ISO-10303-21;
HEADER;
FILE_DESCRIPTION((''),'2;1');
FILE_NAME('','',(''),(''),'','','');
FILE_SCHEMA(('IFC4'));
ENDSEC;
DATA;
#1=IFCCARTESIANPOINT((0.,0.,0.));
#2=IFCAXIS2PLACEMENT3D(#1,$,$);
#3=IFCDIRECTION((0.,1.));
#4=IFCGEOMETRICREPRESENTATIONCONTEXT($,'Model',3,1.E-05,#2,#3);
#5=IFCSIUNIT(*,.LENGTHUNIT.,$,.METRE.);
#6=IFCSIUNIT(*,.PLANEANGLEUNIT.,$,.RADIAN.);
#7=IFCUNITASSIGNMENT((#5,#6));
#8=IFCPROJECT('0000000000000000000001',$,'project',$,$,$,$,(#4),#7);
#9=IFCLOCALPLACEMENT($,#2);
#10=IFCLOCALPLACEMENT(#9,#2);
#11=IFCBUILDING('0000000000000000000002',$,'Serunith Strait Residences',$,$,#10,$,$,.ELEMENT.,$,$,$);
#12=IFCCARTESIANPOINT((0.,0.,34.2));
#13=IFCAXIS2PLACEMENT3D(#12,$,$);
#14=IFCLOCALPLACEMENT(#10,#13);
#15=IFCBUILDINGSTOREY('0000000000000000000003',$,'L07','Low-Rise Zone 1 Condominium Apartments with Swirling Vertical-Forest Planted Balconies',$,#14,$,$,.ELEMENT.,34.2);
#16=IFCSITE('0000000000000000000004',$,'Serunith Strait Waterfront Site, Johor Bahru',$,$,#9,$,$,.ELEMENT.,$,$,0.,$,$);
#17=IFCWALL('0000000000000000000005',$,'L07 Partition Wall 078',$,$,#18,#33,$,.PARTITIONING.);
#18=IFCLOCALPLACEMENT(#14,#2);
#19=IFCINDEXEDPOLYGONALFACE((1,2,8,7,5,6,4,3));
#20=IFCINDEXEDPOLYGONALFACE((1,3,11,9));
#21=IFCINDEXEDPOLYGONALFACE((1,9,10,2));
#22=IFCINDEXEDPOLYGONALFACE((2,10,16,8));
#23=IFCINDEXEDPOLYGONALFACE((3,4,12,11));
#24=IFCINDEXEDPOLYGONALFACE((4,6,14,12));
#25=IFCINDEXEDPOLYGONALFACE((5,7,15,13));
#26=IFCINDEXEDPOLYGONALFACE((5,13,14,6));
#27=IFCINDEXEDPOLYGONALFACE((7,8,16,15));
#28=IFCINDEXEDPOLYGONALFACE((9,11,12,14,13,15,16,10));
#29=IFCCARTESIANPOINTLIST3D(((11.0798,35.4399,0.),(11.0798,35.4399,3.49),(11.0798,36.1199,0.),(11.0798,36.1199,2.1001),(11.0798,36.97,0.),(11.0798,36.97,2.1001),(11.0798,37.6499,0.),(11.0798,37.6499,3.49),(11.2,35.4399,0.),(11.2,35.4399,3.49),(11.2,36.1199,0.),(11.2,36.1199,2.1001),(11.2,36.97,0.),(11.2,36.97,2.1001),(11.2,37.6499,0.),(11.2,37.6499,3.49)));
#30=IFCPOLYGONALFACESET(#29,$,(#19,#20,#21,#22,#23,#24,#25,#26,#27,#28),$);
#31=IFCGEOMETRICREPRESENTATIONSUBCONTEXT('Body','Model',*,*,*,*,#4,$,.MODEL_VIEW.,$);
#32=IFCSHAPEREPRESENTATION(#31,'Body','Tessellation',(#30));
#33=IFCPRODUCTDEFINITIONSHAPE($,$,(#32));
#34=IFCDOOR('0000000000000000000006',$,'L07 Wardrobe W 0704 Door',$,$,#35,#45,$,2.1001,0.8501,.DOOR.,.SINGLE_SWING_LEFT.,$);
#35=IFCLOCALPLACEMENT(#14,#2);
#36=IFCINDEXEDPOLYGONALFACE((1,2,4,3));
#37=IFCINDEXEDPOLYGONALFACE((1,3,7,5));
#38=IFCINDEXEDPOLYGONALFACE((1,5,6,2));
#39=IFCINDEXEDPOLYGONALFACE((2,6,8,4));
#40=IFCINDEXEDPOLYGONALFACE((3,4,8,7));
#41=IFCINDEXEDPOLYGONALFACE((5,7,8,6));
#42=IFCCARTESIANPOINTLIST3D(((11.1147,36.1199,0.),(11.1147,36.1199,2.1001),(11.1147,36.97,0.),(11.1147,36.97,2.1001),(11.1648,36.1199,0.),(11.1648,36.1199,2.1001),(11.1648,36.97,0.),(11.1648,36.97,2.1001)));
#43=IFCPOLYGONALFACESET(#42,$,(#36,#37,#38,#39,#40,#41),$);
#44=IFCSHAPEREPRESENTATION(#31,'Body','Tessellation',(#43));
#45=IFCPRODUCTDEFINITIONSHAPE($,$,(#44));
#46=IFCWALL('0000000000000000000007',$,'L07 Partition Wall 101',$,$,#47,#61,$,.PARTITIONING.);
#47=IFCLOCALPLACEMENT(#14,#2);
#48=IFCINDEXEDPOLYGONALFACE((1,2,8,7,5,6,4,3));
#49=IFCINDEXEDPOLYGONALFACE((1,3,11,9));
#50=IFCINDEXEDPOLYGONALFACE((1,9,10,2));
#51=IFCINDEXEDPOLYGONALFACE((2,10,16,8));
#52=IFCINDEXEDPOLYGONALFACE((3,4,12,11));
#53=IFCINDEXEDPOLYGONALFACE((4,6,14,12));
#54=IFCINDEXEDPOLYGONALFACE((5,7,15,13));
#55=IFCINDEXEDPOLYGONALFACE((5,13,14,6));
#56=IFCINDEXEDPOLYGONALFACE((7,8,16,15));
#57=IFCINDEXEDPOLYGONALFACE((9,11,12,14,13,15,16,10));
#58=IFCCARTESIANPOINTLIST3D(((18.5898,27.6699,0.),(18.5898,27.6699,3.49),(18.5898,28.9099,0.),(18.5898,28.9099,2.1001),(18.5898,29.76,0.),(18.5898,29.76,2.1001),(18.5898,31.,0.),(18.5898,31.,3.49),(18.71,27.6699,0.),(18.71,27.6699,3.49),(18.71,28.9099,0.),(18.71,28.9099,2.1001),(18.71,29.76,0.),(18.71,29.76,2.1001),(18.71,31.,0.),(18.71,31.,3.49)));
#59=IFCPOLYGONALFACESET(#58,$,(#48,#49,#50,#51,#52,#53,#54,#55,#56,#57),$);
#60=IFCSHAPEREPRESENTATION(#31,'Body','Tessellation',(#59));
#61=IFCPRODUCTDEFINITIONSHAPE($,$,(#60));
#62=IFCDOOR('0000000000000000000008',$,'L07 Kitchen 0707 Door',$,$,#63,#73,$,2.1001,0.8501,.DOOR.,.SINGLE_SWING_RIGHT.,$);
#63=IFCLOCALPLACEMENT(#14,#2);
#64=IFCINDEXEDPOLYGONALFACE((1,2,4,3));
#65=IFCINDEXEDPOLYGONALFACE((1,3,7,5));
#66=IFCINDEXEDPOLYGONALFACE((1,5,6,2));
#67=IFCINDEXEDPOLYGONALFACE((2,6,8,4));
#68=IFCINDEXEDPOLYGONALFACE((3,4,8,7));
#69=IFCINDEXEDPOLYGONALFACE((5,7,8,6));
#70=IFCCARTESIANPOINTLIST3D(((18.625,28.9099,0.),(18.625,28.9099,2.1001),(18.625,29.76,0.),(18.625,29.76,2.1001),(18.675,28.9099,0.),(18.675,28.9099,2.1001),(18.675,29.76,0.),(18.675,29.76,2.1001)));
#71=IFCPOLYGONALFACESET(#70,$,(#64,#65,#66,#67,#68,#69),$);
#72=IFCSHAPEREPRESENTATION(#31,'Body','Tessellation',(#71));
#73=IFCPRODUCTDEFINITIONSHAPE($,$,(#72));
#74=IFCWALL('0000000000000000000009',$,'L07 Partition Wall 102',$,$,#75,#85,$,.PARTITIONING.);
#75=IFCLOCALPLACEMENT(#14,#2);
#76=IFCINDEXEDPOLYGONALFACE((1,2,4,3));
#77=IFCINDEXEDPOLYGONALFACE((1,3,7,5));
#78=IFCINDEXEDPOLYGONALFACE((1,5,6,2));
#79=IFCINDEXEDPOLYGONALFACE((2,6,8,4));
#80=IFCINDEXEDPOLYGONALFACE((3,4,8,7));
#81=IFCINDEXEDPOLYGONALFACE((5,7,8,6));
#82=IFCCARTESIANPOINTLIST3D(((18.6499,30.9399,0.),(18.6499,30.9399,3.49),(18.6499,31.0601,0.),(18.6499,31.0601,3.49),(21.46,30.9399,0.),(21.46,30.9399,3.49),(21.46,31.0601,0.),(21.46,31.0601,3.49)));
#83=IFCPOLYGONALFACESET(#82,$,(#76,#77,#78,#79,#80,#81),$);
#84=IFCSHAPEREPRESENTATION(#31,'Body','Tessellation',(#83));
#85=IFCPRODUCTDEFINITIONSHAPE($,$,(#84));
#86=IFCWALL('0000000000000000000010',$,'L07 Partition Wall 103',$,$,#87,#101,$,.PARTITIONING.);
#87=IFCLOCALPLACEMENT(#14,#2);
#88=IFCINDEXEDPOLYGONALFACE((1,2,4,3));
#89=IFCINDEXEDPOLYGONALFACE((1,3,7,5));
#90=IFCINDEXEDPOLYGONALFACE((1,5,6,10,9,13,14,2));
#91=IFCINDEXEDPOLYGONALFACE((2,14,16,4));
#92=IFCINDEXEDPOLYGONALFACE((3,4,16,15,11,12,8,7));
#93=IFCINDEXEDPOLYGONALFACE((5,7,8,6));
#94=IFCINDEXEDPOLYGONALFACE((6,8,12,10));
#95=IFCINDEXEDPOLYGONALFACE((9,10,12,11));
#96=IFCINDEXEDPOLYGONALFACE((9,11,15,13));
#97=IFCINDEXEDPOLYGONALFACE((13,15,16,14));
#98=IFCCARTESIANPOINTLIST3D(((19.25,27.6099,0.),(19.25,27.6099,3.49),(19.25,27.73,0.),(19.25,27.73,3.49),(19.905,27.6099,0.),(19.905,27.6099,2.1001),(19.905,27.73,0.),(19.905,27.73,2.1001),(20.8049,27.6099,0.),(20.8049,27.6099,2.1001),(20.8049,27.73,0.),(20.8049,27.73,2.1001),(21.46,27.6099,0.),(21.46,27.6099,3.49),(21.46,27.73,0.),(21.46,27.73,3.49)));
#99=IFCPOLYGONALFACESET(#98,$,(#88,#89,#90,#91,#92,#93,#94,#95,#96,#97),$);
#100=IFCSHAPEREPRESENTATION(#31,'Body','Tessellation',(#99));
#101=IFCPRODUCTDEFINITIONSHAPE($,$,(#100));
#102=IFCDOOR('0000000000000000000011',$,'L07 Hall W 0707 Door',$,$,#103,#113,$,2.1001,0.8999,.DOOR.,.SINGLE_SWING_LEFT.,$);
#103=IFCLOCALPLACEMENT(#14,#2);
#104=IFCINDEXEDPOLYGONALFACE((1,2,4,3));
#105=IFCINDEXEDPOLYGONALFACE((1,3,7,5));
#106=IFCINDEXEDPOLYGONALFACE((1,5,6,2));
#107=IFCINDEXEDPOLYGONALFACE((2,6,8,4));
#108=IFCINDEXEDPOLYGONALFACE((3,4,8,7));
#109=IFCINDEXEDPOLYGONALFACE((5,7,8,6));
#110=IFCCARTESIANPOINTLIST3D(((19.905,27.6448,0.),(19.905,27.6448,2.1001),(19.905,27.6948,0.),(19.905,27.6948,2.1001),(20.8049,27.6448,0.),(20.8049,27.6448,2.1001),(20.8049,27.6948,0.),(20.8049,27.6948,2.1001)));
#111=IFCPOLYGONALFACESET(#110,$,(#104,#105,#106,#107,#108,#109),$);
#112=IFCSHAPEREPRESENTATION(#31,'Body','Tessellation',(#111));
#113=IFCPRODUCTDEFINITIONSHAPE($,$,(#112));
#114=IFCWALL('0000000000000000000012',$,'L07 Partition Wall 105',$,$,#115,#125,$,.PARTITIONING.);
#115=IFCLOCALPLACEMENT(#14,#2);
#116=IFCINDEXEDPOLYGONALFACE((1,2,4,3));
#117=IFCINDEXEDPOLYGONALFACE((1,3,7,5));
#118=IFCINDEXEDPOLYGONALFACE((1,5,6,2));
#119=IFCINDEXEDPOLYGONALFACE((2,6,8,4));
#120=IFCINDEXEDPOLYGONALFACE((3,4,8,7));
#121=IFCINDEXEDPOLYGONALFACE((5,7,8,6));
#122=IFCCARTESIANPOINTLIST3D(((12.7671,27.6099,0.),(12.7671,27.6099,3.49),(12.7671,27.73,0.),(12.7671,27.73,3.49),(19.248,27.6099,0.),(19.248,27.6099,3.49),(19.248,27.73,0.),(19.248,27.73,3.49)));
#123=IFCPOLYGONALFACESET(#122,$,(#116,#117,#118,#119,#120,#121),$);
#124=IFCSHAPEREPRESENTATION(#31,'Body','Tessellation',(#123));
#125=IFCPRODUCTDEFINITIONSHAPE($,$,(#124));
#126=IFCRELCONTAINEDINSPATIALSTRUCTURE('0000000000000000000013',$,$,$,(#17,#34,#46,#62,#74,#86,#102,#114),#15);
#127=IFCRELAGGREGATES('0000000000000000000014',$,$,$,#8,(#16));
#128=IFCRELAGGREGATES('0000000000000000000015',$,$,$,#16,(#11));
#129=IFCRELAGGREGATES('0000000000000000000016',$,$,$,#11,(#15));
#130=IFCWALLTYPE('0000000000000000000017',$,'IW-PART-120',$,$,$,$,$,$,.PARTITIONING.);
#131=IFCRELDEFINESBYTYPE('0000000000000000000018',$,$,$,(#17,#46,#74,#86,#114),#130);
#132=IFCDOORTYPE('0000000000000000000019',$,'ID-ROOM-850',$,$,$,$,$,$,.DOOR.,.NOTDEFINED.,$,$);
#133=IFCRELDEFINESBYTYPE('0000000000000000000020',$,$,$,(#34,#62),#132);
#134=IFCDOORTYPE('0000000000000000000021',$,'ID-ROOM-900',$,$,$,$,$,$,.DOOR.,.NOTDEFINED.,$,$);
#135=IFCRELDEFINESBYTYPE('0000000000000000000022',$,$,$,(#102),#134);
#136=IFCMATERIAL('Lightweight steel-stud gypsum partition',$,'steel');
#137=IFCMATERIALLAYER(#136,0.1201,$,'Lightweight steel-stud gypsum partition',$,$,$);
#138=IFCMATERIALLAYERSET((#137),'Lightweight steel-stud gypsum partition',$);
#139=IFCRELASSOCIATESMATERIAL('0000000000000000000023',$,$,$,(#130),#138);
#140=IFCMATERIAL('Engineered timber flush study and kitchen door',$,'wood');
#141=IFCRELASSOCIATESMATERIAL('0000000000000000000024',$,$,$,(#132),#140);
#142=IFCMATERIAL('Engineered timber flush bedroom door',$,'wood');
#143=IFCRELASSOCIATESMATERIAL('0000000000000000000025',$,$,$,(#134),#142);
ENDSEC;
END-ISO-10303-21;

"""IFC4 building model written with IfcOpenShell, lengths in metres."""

from ifc_helpers import new_model, si_unit, direction, frame, frame_2d, origin, place, context, subcontext, project, spatial, rectangle, extrude, source, transform, mapped, material, layer, layer_set, type_object, element, fill, save


model = new_model("IFC4")

# Units and contexts
model_context = context("Model", 3, precision=1e-05, world=origin(), true_north=direction((0.0, 1.0)))
body_context = subcontext(model_context, "Body", "Model", "MODEL_VIEW")
ifc_project = project(units=[si_unit("LENGTHUNIT", "METRE"), si_unit("PLANEANGLEUNIT", "RADIAN")], contexts=[model_context])

# Site, building, storey
site_placement = place(None, origin())
site = spatial("IfcSite", under=ifc_project, at=site_placement, Name="Serunith Strait Waterfront Site, Johor Bahru", CompositionType="ELEMENT", RefElevation=0.0)
building_placement = place(site_placement, origin())
building = spatial("IfcBuilding", under=site, at=building_placement, Name="Serunith Strait Residences", CompositionType="ELEMENT")
storey_placement = place(building_placement, frame((0.0, 0.0, 34.2)))
storey = spatial("IfcBuildingStorey", under=building, at=storey_placement, Name="L07", Description="Low-Rise Zone 1 Condominium Apartments with Swirling Vertical-Forest Planted Balconies", CompositionType="ELEMENT", Elevation=34.2)

# Walls, openings, doors
ifc_material_1 = material(Name="Lightweight steel-stud gypsum partition", Category="steel")
ifc_layer_1 = layer(ifc_material_1, 0.1201, Name="Lightweight steel-stud gypsum partition")
ifc_layer_set_1 = layer_set([ifc_layer_1], Name="Lightweight steel-stud gypsum partition")
wall_type_1 = type_object("IfcWallType", Name="IW-PART-120", PredefinedType="PARTITIONING", material=ifc_layer_set_1)
shared_shape_1 = source(origin(), body_context, "Body", "SweptSolid", [
    extrude(rectangle(XDim=0.8501, YDim=2.1001, at=frame_2d((0.425, 1.05))), frame((0.0, 0.0249, 0.0), z_axis=(0.0, -1.0, 0.0), x_axis=(1.0, 0.0, 0.0)), (0.0, 0.0, 1.0), 0.05),
])
ifc_material_2 = material(Name="Engineered timber flush study and kitchen door", Category="wood")
door_type_1 = type_object("IfcDoorType", Name="ID-ROOM-850", OperationType="NOTDEFINED", PredefinedType="DOOR", material=ifc_material_2)
ifc_material_3 = material(Name="Engineered timber flush bedroom door", Category="wood")
door_type_2 = type_object("IfcDoorType", Name="ID-ROOM-900", OperationType="NOTDEFINED", PredefinedType="DOOR", material=ifc_material_3)
shared_shape_2 = source(origin(), body_context, "Body", "SweptSolid", [
    extrude(rectangle(XDim=0.8999, YDim=2.1001, at=frame_2d((0.45, 1.05))), frame((0.0, 0.0249, 0.0), z_axis=(0.0, -1.0, 0.0), x_axis=(1.0, 0.0, 0.0)), (0.0, 0.0, 1.0), 0.05),
])
wall_1_placement = place(storey_placement, frame((11.1399, 37.6499, 0.0), z_axis=(0.0, 0.0, 1.0), x_axis=(0.0, -1.0, 0.0)))
wall_1 = element("IfcWall", 1, at=wall_1_placement, inside=storey, type_object=wall_type_1, Name="L07 Partition Wall 078", PredefinedType="PARTITIONING", context=body_context, shape_type="SweptSolid", body=[
    extrude(rectangle(XDim=2.21, YDim=0.1201, at=frame_2d((1.105, 0.0))), origin(), (0.0, 0.0, 1.0), 3.49),
])
opening_1_placement = place(wall_1_placement, frame((0.6799, 0.0, 0.0)))
opening_1 = element("IfcOpeningElement", 2, at=opening_1_placement, cuts=wall_1, PredefinedType="OPENING", context=body_context, shape_type="SweptSolid", body=[
    extrude(rectangle(XDim=0.8501, YDim=2.1001, at=frame_2d((0.425, 1.05))), frame((0.0, 0.0701, 0.0), z_axis=(0.0, -1.0, 0.0), x_axis=(1.0, 0.0, 0.0)), (0.0, 0.0, 1.0), 0.1401),
])
door_1_placement = place(opening_1_placement, origin())
door_1 = element("IfcDoor", 3, at=door_1_placement, inside=storey, type_object=door_type_1, Name="L07 Wardrobe W 0704 Door", OperationType="SINGLE_SWING_LEFT", OverallHeight=2.1001, OverallWidth=0.8501, PredefinedType="DOOR", context=body_context, shape_type="MappedRepresentation", body=[
    mapped(shared_shape_1, transform((0.0, 0.0, 0.0), scale=1.0)),
])
fill(opening_1, door_1)
wall_2_placement = place(storey_placement, frame((18.6499, 27.6699, 0.0), z_axis=(0.0, 0.0, 1.0), x_axis=(0.0, 1.0, 0.0)))
wall_2 = element("IfcWall", 4, at=wall_2_placement, inside=storey, type_object=wall_type_1, Name="L07 Partition Wall 101", PredefinedType="PARTITIONING", context=body_context, shape_type="SweptSolid", body=[
    extrude(rectangle(XDim=3.3301, YDim=0.1201, at=frame_2d((1.665, 0.0))), origin(), (0.0, 0.0, 1.0), 3.49),
])
opening_2_placement = place(wall_2_placement, frame((1.24, 0.0, 0.0)))
opening_2 = element("IfcOpeningElement", 5, at=opening_2_placement, cuts=wall_2, PredefinedType="OPENING", context=body_context, shape_type="SweptSolid", body=[
    extrude(rectangle(XDim=0.8501, YDim=2.1001, at=frame_2d((0.425, 1.05))), frame((0.0, 0.0701, 0.0), z_axis=(0.0, -1.0, 0.0), x_axis=(1.0, 0.0, 0.0)), (0.0, 0.0, 1.0), 0.1401),
])
door_2_placement = place(opening_2_placement, origin())
door_2 = element("IfcDoor", 6, at=door_2_placement, inside=storey, type_object=door_type_1, Name="L07 Kitchen 0707 Door", OperationType="SINGLE_SWING_RIGHT", OverallHeight=2.1001, OverallWidth=0.8501, PredefinedType="DOOR", context=body_context, shape_type="MappedRepresentation", body=[
    mapped(shared_shape_1, transform((0.0, 0.0, 0.0), scale=1.0)),
])
fill(opening_2, door_2)

# Wall
wall_3_placement = place(storey_placement, frame((18.6499, 31.0, 0.0), z_axis=(0.0, 0.0, 1.0), x_axis=(1.0, 0.0, 0.0)))
element("IfcWall", 7, at=wall_3_placement, inside=storey, type_object=wall_type_1, Name="L07 Partition Wall 102", PredefinedType="PARTITIONING", context=body_context, shape_type="SweptSolid", body=[
    extrude(rectangle(XDim=2.8101, YDim=0.1201, at=frame_2d((1.405, 0.0))), origin(), (0.0, 0.0, 1.0), 3.49),
])

# Wall, opening, door
wall_4_placement = place(storey_placement, frame((19.25, 27.6699, 0.0), z_axis=(0.0, 0.0, 1.0), x_axis=(1.0, 0.0, 0.0)))
wall_4 = element("IfcWall", 8, at=wall_4_placement, inside=storey, type_object=wall_type_1, Name="L07 Partition Wall 103", PredefinedType="PARTITIONING", context=body_context, shape_type="SweptSolid", body=[
    extrude(rectangle(XDim=2.21, YDim=0.1201, at=frame_2d((1.105, 0.0))), origin(), (0.0, 0.0, 1.0), 3.49),
])
opening_3_placement = place(wall_4_placement, frame((0.655, 0.0, 0.0)))
opening_3 = element("IfcOpeningElement", 9, at=opening_3_placement, cuts=wall_4, PredefinedType="OPENING", context=body_context, shape_type="SweptSolid", body=[
    extrude(rectangle(XDim=0.8999, YDim=2.1001, at=frame_2d((0.45, 1.05))), frame((0.0, 0.0701, 0.0), z_axis=(0.0, -1.0, 0.0), x_axis=(1.0, 0.0, 0.0)), (0.0, 0.0, 1.0), 0.1401),
])
door_3_placement = place(opening_3_placement, origin())
door_3 = element("IfcDoor", 10, at=door_3_placement, inside=storey, type_object=door_type_2, Name="L07 Hall W 0707 Door", OperationType="SINGLE_SWING_LEFT", OverallHeight=2.1001, OverallWidth=0.8999, PredefinedType="DOOR", context=body_context, shape_type="MappedRepresentation", body=[
    mapped(shared_shape_2, transform((0.0, 0.0, 0.0), scale=1.0)),
])
fill(opening_3, door_3)

# Wall
wall_5_placement = place(storey_placement, frame((12.7671, 27.6699, 0.0), z_axis=(0.0, 0.0, 1.0), x_axis=(1.0, 0.0, 0.0)))
element("IfcWall", 11, at=wall_5_placement, inside=storey, type_object=wall_type_1, Name="L07 Partition Wall 105", PredefinedType="PARTITIONING", context=body_context, shape_type="SweptSolid", body=[
    extrude(rectangle(XDim=6.481, YDim=0.1201, at=frame_2d((3.2405, 0.0))), origin(), (0.0, 0.0, 1.0), 3.49),
])

save(model, "model.ifc")
